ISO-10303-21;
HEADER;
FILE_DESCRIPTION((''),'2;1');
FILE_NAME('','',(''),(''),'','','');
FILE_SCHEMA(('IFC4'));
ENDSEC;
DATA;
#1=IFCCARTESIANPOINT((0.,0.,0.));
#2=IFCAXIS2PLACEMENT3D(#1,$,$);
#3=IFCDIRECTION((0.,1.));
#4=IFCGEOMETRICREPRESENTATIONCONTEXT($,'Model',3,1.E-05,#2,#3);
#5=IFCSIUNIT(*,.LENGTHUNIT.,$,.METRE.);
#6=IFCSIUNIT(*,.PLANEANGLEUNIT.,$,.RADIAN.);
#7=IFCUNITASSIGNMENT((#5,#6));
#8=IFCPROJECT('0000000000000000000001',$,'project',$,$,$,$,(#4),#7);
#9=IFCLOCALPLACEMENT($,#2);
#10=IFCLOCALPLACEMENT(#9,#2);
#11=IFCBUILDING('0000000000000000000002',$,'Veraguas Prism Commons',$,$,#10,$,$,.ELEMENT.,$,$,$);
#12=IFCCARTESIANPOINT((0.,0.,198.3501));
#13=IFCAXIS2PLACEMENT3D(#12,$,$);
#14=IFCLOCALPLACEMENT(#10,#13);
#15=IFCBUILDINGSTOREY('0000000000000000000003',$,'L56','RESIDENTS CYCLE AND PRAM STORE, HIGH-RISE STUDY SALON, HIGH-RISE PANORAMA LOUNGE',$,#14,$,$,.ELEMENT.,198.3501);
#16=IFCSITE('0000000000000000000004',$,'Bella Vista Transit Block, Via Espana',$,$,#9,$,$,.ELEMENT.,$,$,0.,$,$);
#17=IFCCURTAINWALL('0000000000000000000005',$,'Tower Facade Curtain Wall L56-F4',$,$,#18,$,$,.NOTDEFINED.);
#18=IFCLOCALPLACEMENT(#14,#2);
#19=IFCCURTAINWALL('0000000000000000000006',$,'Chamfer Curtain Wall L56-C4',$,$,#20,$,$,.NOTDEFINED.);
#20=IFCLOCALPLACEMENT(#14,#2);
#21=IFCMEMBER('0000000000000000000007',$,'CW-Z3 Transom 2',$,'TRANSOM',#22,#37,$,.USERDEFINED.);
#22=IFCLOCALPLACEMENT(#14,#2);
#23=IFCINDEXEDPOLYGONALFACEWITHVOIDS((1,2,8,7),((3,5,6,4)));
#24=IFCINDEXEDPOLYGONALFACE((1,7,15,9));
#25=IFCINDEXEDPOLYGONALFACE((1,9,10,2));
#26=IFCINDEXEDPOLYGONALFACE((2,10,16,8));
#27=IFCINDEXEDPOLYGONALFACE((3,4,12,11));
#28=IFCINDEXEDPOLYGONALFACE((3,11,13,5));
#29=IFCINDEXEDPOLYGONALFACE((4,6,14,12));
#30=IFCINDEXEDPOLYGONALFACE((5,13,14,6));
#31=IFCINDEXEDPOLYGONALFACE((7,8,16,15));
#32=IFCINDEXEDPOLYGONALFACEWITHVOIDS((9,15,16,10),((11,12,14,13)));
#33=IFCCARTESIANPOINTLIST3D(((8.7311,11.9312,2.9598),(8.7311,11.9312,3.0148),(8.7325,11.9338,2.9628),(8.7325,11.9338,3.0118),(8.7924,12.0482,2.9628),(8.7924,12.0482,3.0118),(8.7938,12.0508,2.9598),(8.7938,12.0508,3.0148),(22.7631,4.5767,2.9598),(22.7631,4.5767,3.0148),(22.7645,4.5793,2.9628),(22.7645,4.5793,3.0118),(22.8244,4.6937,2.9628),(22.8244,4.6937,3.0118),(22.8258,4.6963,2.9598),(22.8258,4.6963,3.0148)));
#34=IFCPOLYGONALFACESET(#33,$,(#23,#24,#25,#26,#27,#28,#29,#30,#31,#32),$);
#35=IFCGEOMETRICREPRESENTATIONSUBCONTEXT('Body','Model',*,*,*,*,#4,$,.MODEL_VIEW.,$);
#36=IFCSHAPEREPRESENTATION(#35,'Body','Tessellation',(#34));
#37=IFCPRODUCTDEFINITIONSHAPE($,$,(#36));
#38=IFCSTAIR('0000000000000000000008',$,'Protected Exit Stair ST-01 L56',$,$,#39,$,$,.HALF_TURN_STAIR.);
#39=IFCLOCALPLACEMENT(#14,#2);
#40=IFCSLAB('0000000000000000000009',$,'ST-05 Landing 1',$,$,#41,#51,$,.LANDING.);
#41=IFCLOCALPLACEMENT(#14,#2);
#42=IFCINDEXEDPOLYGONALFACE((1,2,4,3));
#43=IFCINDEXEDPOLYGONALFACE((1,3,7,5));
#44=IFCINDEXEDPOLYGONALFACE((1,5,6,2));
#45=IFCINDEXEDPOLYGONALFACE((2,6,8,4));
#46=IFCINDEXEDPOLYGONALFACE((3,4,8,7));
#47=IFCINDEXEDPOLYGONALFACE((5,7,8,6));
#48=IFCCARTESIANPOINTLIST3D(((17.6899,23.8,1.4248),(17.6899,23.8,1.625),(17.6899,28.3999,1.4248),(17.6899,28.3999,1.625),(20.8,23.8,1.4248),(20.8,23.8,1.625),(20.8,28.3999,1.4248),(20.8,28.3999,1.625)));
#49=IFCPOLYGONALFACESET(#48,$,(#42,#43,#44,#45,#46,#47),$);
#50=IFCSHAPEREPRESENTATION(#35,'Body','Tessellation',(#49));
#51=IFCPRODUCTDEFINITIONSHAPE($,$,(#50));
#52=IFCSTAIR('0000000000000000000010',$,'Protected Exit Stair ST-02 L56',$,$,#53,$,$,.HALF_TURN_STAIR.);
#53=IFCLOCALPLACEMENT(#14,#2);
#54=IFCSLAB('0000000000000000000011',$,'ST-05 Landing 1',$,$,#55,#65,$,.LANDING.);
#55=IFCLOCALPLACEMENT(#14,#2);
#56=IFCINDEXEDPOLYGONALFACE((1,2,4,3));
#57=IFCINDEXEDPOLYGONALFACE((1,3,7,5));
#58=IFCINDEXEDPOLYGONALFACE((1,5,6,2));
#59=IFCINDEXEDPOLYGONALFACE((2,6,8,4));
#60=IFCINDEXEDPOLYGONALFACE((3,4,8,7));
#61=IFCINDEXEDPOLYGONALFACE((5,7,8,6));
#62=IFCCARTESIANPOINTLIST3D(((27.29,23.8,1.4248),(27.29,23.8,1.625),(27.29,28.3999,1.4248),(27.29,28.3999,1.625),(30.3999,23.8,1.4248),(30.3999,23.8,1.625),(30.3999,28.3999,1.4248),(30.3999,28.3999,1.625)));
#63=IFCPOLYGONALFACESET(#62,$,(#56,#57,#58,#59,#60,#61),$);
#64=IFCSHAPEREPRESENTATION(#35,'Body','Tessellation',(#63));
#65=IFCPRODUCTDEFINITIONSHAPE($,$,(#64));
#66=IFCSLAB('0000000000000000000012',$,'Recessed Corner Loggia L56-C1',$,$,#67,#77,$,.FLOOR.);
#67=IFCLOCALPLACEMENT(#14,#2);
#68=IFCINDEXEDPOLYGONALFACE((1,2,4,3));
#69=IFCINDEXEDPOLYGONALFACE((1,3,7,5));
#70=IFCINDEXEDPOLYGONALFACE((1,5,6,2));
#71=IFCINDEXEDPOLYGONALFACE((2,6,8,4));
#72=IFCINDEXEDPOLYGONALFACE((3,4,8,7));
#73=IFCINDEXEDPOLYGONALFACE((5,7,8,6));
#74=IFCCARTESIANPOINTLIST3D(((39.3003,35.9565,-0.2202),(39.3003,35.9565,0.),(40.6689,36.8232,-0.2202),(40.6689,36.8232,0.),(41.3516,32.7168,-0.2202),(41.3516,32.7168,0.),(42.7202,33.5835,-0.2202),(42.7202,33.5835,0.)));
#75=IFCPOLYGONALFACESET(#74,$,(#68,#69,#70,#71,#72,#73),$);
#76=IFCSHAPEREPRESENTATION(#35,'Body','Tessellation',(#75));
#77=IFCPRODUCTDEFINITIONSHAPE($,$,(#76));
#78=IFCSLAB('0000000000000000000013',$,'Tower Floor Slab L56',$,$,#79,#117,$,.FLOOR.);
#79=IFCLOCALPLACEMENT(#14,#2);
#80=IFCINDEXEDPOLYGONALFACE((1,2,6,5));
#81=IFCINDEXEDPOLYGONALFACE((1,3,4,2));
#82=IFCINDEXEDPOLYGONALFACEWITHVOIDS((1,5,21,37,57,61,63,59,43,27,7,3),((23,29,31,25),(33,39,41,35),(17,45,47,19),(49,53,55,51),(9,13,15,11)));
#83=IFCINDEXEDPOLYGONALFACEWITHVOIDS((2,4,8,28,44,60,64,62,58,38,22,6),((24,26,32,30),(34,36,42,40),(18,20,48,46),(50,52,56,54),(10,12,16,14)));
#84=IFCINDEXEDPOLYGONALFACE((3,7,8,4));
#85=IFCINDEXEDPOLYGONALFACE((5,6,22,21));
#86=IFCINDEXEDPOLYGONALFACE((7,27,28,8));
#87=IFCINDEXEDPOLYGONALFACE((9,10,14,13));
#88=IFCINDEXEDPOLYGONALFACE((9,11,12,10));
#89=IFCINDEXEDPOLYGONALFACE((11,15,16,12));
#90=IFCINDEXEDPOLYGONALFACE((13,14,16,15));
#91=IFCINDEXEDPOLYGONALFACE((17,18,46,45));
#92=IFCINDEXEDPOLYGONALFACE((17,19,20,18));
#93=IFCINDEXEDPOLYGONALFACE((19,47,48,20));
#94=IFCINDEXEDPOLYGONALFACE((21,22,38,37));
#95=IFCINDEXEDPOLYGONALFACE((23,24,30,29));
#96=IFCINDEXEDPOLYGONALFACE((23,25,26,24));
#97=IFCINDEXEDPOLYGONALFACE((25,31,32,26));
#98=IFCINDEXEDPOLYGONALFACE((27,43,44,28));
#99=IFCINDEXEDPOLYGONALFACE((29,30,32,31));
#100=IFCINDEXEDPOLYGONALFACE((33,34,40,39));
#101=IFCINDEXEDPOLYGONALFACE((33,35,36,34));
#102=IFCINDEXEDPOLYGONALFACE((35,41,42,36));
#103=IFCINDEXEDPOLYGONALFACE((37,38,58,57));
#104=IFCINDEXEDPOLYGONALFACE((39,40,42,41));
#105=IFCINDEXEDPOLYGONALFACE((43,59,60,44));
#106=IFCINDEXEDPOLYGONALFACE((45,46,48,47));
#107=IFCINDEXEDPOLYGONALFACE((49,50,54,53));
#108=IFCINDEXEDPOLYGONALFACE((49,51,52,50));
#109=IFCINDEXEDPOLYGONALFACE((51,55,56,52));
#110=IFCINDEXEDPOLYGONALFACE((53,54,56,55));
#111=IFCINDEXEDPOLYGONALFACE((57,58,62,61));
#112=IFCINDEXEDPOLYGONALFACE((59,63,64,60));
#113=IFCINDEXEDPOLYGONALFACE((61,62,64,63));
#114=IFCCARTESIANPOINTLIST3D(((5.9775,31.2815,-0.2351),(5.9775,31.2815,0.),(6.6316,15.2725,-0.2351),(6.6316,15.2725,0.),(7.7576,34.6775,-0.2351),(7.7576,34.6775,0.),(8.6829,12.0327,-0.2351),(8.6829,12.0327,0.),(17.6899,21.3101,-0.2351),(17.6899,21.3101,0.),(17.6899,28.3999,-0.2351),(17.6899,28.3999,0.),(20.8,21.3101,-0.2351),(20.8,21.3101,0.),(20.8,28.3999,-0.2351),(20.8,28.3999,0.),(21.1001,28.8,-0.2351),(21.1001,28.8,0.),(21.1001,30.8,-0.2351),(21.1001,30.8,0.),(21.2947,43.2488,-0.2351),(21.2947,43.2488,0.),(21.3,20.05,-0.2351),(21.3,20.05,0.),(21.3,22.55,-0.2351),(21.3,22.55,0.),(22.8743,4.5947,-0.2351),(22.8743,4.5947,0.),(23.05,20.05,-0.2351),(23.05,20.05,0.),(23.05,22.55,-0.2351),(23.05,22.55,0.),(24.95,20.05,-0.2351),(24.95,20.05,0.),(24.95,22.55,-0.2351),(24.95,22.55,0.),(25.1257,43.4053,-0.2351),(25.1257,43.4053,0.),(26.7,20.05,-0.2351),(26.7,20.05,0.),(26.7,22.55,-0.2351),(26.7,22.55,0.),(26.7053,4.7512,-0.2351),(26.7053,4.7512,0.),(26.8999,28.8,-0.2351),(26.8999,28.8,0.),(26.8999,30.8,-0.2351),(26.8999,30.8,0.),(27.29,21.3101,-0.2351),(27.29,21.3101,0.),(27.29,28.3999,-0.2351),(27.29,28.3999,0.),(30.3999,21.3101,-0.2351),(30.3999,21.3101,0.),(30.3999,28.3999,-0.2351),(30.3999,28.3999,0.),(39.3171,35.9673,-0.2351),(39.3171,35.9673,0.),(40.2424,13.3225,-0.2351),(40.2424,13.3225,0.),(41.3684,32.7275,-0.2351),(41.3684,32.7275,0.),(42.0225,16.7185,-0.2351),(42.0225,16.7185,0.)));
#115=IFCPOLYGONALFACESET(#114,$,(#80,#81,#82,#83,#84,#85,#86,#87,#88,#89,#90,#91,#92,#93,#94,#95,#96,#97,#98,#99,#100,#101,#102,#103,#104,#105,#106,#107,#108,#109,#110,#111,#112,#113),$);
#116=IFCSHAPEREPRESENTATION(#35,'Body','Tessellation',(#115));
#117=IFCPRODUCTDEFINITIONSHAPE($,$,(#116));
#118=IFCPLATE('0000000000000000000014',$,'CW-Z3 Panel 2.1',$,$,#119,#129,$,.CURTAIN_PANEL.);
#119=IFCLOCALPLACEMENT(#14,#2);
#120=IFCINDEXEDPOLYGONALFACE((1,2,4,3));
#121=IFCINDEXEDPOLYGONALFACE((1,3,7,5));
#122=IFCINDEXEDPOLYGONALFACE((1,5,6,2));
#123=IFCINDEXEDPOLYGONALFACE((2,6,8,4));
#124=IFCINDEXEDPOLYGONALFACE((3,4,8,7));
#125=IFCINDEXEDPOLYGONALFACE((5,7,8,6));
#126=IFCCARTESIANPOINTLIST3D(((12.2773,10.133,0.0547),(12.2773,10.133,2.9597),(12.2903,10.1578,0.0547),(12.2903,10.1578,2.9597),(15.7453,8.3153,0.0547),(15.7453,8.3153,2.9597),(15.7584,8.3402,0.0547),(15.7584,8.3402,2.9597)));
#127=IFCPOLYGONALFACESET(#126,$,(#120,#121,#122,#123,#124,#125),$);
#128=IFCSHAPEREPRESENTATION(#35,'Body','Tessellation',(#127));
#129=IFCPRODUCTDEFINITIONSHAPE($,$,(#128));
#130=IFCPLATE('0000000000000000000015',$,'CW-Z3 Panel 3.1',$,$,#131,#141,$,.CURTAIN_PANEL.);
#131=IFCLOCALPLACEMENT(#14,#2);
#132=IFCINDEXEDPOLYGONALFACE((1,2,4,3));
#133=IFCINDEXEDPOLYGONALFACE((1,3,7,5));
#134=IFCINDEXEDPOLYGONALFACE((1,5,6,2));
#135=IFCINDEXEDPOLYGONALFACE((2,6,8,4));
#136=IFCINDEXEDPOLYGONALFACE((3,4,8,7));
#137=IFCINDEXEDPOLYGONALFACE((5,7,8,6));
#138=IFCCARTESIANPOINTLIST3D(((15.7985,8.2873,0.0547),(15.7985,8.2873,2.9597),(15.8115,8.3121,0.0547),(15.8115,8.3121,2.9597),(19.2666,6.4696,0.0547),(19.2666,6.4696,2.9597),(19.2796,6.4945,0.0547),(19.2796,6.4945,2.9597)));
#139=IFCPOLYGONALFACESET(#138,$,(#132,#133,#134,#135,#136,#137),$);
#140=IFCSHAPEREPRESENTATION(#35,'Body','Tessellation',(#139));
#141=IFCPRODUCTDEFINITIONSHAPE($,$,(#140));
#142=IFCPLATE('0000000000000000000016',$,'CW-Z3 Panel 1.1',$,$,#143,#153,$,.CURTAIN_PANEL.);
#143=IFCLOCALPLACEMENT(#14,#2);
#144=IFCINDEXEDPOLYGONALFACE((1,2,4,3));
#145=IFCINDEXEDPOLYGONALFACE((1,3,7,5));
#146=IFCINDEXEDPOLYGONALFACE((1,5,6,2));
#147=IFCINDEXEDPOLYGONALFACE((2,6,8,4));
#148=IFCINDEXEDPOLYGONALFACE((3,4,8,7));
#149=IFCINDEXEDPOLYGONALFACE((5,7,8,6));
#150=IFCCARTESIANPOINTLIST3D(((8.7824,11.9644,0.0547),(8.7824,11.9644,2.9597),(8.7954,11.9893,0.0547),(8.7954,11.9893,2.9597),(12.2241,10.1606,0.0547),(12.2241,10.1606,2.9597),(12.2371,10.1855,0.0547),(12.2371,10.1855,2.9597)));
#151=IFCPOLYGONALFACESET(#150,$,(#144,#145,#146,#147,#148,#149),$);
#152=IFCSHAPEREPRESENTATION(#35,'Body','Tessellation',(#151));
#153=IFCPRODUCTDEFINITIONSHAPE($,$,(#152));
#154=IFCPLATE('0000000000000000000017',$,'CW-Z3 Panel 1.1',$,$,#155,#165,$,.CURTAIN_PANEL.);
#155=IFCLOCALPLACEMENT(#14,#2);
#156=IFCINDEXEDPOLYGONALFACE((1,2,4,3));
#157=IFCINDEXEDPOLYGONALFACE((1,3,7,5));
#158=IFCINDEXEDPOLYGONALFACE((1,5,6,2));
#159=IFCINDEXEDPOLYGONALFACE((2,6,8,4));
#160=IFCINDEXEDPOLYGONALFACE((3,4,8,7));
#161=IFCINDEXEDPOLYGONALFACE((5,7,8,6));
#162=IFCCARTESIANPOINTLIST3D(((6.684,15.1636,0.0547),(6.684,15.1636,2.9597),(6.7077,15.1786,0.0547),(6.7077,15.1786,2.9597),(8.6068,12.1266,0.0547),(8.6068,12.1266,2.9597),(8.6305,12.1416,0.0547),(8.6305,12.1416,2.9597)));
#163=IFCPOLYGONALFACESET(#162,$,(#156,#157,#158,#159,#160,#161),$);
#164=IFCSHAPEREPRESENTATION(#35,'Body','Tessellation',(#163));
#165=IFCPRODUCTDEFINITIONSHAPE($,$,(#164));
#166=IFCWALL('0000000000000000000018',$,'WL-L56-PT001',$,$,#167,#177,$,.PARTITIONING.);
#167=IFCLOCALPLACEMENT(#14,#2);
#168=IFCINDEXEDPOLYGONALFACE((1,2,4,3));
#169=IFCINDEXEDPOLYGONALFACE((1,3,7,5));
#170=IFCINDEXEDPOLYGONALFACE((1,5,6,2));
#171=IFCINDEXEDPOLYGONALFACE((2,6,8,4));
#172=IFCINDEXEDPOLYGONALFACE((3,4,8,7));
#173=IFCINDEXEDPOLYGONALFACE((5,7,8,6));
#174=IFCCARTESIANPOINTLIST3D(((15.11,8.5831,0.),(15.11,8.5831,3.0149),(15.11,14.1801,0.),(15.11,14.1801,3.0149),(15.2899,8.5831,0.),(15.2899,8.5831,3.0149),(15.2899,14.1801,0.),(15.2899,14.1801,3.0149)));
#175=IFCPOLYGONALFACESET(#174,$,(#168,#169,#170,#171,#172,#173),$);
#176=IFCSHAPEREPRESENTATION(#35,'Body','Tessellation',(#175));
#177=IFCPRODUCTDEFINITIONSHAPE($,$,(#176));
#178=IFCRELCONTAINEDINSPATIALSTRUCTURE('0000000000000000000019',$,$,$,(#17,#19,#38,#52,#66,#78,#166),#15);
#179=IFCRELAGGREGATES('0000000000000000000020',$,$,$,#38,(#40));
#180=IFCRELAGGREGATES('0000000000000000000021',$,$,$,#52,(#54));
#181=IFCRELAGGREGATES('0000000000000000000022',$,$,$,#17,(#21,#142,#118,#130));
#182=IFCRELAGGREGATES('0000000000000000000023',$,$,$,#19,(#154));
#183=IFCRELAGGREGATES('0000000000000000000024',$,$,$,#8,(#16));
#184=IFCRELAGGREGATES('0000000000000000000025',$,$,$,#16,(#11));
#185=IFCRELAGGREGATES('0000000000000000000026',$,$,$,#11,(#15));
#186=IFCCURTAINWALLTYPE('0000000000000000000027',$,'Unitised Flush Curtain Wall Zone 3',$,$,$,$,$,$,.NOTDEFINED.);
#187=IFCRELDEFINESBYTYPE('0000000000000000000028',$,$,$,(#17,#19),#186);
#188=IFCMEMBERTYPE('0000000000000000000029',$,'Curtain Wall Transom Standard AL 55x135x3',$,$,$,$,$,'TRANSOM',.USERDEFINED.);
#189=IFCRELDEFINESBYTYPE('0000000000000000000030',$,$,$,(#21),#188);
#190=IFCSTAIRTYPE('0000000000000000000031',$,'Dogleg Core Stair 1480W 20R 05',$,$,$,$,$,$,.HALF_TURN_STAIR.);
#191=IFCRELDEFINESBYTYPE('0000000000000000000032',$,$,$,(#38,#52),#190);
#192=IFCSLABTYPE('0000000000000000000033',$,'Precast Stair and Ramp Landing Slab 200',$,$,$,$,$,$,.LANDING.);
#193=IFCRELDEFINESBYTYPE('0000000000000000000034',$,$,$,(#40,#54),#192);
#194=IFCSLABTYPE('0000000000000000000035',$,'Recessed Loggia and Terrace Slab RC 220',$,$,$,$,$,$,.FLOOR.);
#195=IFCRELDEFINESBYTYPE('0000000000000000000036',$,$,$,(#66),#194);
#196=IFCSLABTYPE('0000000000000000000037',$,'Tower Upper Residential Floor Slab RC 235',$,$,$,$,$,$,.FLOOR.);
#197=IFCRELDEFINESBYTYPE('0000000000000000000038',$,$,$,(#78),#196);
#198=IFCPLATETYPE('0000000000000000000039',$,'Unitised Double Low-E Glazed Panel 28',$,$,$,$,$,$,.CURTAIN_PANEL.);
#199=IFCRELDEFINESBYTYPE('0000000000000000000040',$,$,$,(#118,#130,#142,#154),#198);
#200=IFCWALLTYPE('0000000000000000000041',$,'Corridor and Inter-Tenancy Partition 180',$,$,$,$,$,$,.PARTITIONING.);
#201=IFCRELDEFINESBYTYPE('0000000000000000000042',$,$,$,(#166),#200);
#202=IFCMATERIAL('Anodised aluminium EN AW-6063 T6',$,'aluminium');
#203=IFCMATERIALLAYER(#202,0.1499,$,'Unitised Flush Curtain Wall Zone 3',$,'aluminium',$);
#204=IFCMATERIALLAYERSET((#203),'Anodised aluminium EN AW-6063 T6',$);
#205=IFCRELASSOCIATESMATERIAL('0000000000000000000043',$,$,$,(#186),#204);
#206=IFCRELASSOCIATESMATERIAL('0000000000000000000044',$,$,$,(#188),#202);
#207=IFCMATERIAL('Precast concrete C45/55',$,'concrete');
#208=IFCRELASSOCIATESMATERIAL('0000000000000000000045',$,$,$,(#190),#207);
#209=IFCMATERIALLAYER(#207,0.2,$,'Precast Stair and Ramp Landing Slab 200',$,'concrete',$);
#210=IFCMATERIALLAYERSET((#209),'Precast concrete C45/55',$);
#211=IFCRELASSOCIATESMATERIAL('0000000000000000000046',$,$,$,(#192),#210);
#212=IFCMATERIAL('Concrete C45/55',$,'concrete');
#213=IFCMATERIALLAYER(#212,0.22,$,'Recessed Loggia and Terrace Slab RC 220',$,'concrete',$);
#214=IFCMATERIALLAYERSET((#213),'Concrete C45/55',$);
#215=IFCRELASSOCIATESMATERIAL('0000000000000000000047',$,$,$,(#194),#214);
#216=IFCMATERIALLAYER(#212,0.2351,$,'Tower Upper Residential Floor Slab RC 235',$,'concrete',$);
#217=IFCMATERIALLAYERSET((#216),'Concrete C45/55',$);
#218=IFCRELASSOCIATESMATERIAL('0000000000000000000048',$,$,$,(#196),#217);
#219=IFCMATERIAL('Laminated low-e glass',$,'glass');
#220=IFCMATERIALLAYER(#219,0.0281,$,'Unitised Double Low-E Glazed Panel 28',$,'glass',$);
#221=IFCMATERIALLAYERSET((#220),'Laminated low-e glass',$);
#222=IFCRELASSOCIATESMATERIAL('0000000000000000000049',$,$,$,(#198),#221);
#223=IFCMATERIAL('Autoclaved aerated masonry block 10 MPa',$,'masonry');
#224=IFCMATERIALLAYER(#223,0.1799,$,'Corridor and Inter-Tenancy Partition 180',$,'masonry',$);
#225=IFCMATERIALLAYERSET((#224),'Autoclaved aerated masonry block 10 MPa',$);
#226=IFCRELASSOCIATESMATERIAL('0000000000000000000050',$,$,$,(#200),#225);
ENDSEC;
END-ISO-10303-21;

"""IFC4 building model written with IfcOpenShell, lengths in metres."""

from ifc_helpers import new_model, si_unit, direction, frame, frame_2d, origin, origin_2d, place, context, subcontext, project, spatial, polyline, rectangle, hollow_rectangle, outline, extrude, source, transform, mapped, material, layer, layer_set, material_profile, profile_set, type_object, element, aggregate, save


model = new_model("IFC4")

# Units and contexts
model_context = context("Model", 3, precision=1e-05, world=origin(), true_north=direction((0.0, 1.0)))
body_context = subcontext(model_context, "Body", "Model", "MODEL_VIEW")
ifc_project = project(units=[si_unit("LENGTHUNIT", "METRE"), si_unit("PLANEANGLEUNIT", "RADIAN")], contexts=[model_context])

# Site, building, storey
site_placement = place(None, origin())
site = spatial("IfcSite", under=ifc_project, at=site_placement, Name="Bella Vista Transit Block, Via Espana", CompositionType="ELEMENT", RefElevation=0.0)
building_placement = place(site_placement, origin())
building = spatial("IfcBuilding", under=site, at=building_placement, Name="Veraguas Prism Commons", CompositionType="ELEMENT")
storey_placement = place(building_placement, frame((0.0, 0.0, 198.3501)))
storey = spatial("IfcBuildingStorey", under=building, at=storey_placement, Name="L56", Description="RESIDENTS CYCLE AND PRAM STORE, HIGH-RISE STUDY SALON, HIGH-RISE PANORAMA LOUNGE", CompositionType="ELEMENT", Elevation=198.3501)

# Curtain wall
ifc_material_1 = material(Name="Anodised aluminium EN AW-6063 T6", Category="aluminium")
ifc_layer_1 = layer(ifc_material_1, 0.1499, Name="Unitised Flush Curtain Wall Zone 3", Category="aluminium")
ifc_layer_set_1 = layer_set([ifc_layer_1], Name="Anodised aluminium EN AW-6063 T6")
curtain_wall_type = type_object("IfcCurtainWallType", Name="Unitised Flush Curtain Wall Zone 3", PredefinedType="NOTDEFINED", material=ifc_layer_set_1)
curtain_wall_1_placement = place(storey_placement, origin())
curtain_wall_1 = element("IfcCurtainWall", 1, at=curtain_wall_1_placement, inside=storey, type_object=curtain_wall_type, Name="Tower Facade Curtain Wall L56-F4", PredefinedType="NOTDEFINED")

# Curtain wall
curtain_wall_2_placement = place(storey_placement, origin())
curtain_wall_2 = element("IfcCurtainWall", 2, at=curtain_wall_2_placement, inside=storey, type_object=curtain_wall_type, Name="Chamfer Curtain Wall L56-C4", PredefinedType="NOTDEFINED")

# Member
ifc_material_profile_1 = material_profile(ifc_material_1, hollow_rectangle(XDim=0.0549, YDim=0.135, WallThickness=0.0029, at=origin_2d()), Name="AL55X135X3")
ifc_profile_set_1 = profile_set([ifc_material_profile_1], Name="Anodised aluminium EN AW-6063 T6")
member_type_1 = type_object("IfcMemberType", Name="Curtain Wall Transom Standard AL 55x135x3", ElementType="TRANSOM", PredefinedType="USERDEFINED", material=ifc_profile_set_1)
shared_shape_1 = source(origin(), body_context, "Body", "SweptSolid", [
    extrude(hollow_rectangle(XDim=0.0549, YDim=0.135, WallThickness=0.0029, at=origin_2d()), origin(), (0.0, 0.0, 1.0), 15.8425),
])
member_1_placement = place(storey_placement, frame((8.7625, 11.991, 2.9873), z_axis=(0.885717, -0.464225, 0.0), x_axis=(0.0, 0.0, 1.0)))
member_1 = element("IfcMember", 3, at=member_1_placement, type_object=member_type_1, Name="CW-Z3 Transom 2", ObjectType="TRANSOM", PredefinedType="USERDEFINED", context=body_context, shape_type="MappedRepresentation", body=[
    mapped(shared_shape_1, transform((0.0, 0.0, 0.0), scale=1.0)),
])

# Stairs, slabs
ifc_material_2 = material(Name="Precast concrete C45/55", Category="concrete")
stair_type = type_object("IfcStairType", Name="Dogleg Core Stair 1480W 20R 05", PredefinedType="HALF_TURN_STAIR", material=ifc_material_2)
stair_1_placement = place(storey_placement, origin())
stair_1 = element("IfcStair", 4, at=stair_1_placement, inside=storey, type_object=stair_type, Name="Protected Exit Stair ST-01 L56", PredefinedType="HALF_TURN_STAIR")
ifc_layer_2 = layer(ifc_material_2, 0.2, Name="Precast Stair and Ramp Landing Slab 200", Category="concrete")
ifc_layer_set_2 = layer_set([ifc_layer_2], Name="Precast concrete C45/55")
slab_type_1 = type_object("IfcSlabType", Name="Precast Stair and Ramp Landing Slab 200", PredefinedType="LANDING", material=ifc_layer_set_2)
slab_1_placement = place(storey_placement, frame((0.0, 0.0, 1.4248)))
slab_1 = element("IfcSlab", 5, at=slab_1_placement, type_object=slab_type_1, Name="ST-05 Landing 1", PredefinedType="LANDING", context=body_context, shape_type="SweptSolid", body=[
    extrude(outline(polyline([(20.8, 23.8), (20.8, 28.3999), (17.6899, 28.3999), (17.6899, 23.8), (20.8, 23.8)])), origin(), (0.0, 0.0, 1.0), 0.2002),
])
aggregate(stair_1, [slab_1])
stair_2_placement = place(storey_placement, origin())
stair_2 = element("IfcStair", 6, at=stair_2_placement, inside=storey, type_object=stair_type, Name="Protected Exit Stair ST-02 L56", PredefinedType="HALF_TURN_STAIR")
slab_2_placement = place(storey_placement, frame((0.0, 0.0, 1.4248)))
slab_2 = element("IfcSlab", 7, at=slab_2_placement, type_object=slab_type_1, Name="ST-05 Landing 1", PredefinedType="LANDING", context=body_context, shape_type="SweptSolid", body=[
    extrude(outline(polyline([(30.3999, 23.8), (30.3999, 28.3999), (27.29, 28.3999), (27.29, 23.8), (30.3999, 23.8)])), origin(), (0.0, 0.0, 1.0), 0.2002),
])
aggregate(stair_2, [slab_2])

# Slabs
ifc_material_3 = material(Name="Concrete C45/55", Category="concrete")
ifc_layer_3 = layer(ifc_material_3, 0.22, Name="Recessed Loggia and Terrace Slab RC 220", Category="concrete")
ifc_layer_set_3 = layer_set([ifc_layer_3], Name="Concrete C45/55")
slab_type_2 = type_object("IfcSlabType", Name="Recessed Loggia and Terrace Slab RC 220", PredefinedType="FLOOR", material=ifc_layer_set_3)
slab_3_placement = place(storey_placement, frame((0.0, 0.0, -0.2202)))
element("IfcSlab", 8, at=slab_3_placement, inside=storey, type_object=slab_type_2, Name="Recessed Corner Loggia L56-C1", PredefinedType="FLOOR", context=body_context, shape_type="SweptSolid", body=[
    extrude(outline(polyline([(41.3516, 32.7168), (42.7202, 33.5835), (40.6689, 36.8232), (39.3003, 35.9565), (41.3516, 32.7168)])), origin(), (0.0, 0.0, 1.0), 0.2202),
])
ifc_layer_4 = layer(ifc_material_3, 0.2351, Name="Tower Upper Residential Floor Slab RC 235", Category="concrete")
ifc_layer_set_4 = layer_set([ifc_layer_4], Name="Concrete C45/55")
slab_type_3 = type_object("IfcSlabType", Name="Tower Upper Residential Floor Slab RC 235", PredefinedType="FLOOR", material=ifc_layer_set_4)
slab_4_placement = place(storey_placement, frame((0.0, 0.0, -0.2351)))
element("IfcSlab", 9, at=slab_4_placement, inside=storey, type_object=slab_type_3, Name="Tower Floor Slab L56", PredefinedType="FLOOR", context=body_context, shape_type="SweptSolid", body=[
    extrude(outline(polyline([(41.3684, 32.7275), (39.3171, 35.9673), (25.1257, 43.4053), (21.2947, 43.2488), (7.7576, 34.6775), (5.9775, 31.2815), (6.6316, 15.2725), (8.6829, 12.0327), (22.8743, 4.5947), (26.7053, 4.7512), (40.2424, 13.3225), (42.0225, 16.7185), (41.3684, 32.7275)]), holes=[polyline([(20.8, 21.3101), (20.8, 28.3999), (17.6899, 28.3999), (17.6899, 21.3101), (20.8, 21.3101)]), polyline([(30.3999, 21.3101), (30.3999, 28.3999), (27.29, 28.3999), (27.29, 21.3101), (30.3999, 21.3101)]), polyline([(21.1001, 28.8), (26.8999, 28.8), (26.8999, 30.8), (21.1001, 30.8), (21.1001, 28.8)]), polyline([(21.3, 20.05), (23.05, 20.05), (23.05, 22.55), (21.3, 22.55), (21.3, 20.05)]), polyline([(24.95, 20.05), (26.7, 20.05), (26.7, 22.55), (24.95, 22.55), (24.95, 20.05)])]), origin(), (0.0, 0.0, 1.0), 0.2351),
])

# Plates
ifc_material_4 = material(Name="Laminated low-e glass", Category="glass")
ifc_layer_5 = layer(ifc_material_4, 0.0281, Name="Unitised Double Low-E Glazed Panel 28", Category="glass")
ifc_layer_set_5 = layer_set([ifc_layer_5], Name="Laminated low-e glass")
plate_type = type_object("IfcPlateType", Name="Unitised Double Low-E Glazed Panel 28", PredefinedType="CURTAIN_PANEL", material=ifc_layer_set_5)
shared_shape_2 = source(origin(), body_context, "Body", "SweptSolid", [
    extrude(rectangle(XDim=3.9155, YDim=0.0281, at=origin_2d()), origin(), (0.0, 0.0, 1.0), 2.905),
])
plate_1_placement = place(storey_placement, frame((14.0178, 9.2366, 0.0547), z_axis=(0.0, 0.0, 1.0), x_axis=(0.885722, -0.464216, 0.0)))
plate_1 = element("IfcPlate", 10, at=plate_1_placement, type_object=plate_type, Name="CW-Z3 Panel 2.1", PredefinedType="CURTAIN_PANEL", context=body_context, shape_type="MappedRepresentation", body=[
    mapped(shared_shape_2, transform((0.0, 0.0, 0.0), scale=1.0)),
])
plate_2_placement = place(storey_placement, frame((17.5391, 7.3909, 0.0547), z_axis=(0.0, 0.0, 1.0), x_axis=(0.885722, -0.464216, 0.0)))
plate_2 = element("IfcPlate", 11, at=plate_2_placement, type_object=plate_type, Name="CW-Z3 Panel 3.1", PredefinedType="CURTAIN_PANEL", context=body_context, shape_type="MappedRepresentation", body=[
    mapped(shared_shape_2, transform((0.0, 0.0, 0.0), scale=1.0)),
])
shared_shape_3 = source(origin(), body_context, "Body", "SweptSolid", [
    extrude(rectangle(XDim=3.8857, YDim=0.0281, at=origin_2d()), origin(), (0.0, 0.0, 1.0), 2.905),
])
plate_3_placement = place(storey_placement, frame((10.5098, 11.075, 0.0547), z_axis=(0.0, 0.0, 1.0), x_axis=(0.885722, -0.464216, 0.0)))
plate_3 = element("IfcPlate", 12, at=plate_3_placement, type_object=plate_type, Name="CW-Z3 Panel 1.1", PredefinedType="CURTAIN_PANEL", context=body_context, shape_type="MappedRepresentation", body=[
    mapped(shared_shape_3, transform((0.0, 0.0, 0.0), scale=1.0)),
])
aggregate(curtain_wall_1, [member_1, plate_3, plate_1, plate_2])
shared_shape_4 = source(origin(), body_context, "Body", "SweptSolid", [
    extrude(rectangle(XDim=3.5945, YDim=0.0281, at=origin_2d()), origin(), (0.0, 0.0, 1.0), 2.905),
])
plate_4_placement = place(storey_placement, frame((7.6572, 13.6526, 0.0547), z_axis=(0.0, 0.0, 1.0), x_axis=(0.534939, -0.84489, 0.0)))
plate_4 = element("IfcPlate", 13, at=plate_4_placement, type_object=plate_type, Name="CW-Z3 Panel 1.1", PredefinedType="CURTAIN_PANEL", context=body_context, shape_type="MappedRepresentation", body=[
    mapped(shared_shape_4, transform((0.0, 0.0, 0.0), scale=1.0)),
])
aggregate(curtain_wall_2, [plate_4])

# Wall
ifc_material_5 = material(Name="Autoclaved aerated masonry block 10 MPa", Category="masonry")
ifc_layer_6 = layer(ifc_material_5, 0.1799, Name="Corridor and Inter-Tenancy Partition 180", Category="masonry")
ifc_layer_set_6 = layer_set([ifc_layer_6], Name="Autoclaved aerated masonry block 10 MPa")
wall_type = type_object("IfcWallType", Name="Corridor and Inter-Tenancy Partition 180", PredefinedType="PARTITIONING", material=ifc_layer_set_6)
wall_1_placement = place(storey_placement, frame((15.2, 14.1799, 0.0), z_axis=(0.0, 0.0, 1.0), x_axis=(0.0, -1.0, 0.0)))
element("IfcWall", 14, at=wall_1_placement, inside=storey, type_object=wall_type, Name="WL-L56-PT001", PredefinedType="PARTITIONING", context=body_context, shape_type="SweptSolid", body=[
    extrude(rectangle(XDim=5.5969, YDim=0.1799, at=frame_2d((2.7983, 0.0))), origin(), (0.0, 0.0, 1.0), 3.0149),
])

save(model, "model.ifc")
